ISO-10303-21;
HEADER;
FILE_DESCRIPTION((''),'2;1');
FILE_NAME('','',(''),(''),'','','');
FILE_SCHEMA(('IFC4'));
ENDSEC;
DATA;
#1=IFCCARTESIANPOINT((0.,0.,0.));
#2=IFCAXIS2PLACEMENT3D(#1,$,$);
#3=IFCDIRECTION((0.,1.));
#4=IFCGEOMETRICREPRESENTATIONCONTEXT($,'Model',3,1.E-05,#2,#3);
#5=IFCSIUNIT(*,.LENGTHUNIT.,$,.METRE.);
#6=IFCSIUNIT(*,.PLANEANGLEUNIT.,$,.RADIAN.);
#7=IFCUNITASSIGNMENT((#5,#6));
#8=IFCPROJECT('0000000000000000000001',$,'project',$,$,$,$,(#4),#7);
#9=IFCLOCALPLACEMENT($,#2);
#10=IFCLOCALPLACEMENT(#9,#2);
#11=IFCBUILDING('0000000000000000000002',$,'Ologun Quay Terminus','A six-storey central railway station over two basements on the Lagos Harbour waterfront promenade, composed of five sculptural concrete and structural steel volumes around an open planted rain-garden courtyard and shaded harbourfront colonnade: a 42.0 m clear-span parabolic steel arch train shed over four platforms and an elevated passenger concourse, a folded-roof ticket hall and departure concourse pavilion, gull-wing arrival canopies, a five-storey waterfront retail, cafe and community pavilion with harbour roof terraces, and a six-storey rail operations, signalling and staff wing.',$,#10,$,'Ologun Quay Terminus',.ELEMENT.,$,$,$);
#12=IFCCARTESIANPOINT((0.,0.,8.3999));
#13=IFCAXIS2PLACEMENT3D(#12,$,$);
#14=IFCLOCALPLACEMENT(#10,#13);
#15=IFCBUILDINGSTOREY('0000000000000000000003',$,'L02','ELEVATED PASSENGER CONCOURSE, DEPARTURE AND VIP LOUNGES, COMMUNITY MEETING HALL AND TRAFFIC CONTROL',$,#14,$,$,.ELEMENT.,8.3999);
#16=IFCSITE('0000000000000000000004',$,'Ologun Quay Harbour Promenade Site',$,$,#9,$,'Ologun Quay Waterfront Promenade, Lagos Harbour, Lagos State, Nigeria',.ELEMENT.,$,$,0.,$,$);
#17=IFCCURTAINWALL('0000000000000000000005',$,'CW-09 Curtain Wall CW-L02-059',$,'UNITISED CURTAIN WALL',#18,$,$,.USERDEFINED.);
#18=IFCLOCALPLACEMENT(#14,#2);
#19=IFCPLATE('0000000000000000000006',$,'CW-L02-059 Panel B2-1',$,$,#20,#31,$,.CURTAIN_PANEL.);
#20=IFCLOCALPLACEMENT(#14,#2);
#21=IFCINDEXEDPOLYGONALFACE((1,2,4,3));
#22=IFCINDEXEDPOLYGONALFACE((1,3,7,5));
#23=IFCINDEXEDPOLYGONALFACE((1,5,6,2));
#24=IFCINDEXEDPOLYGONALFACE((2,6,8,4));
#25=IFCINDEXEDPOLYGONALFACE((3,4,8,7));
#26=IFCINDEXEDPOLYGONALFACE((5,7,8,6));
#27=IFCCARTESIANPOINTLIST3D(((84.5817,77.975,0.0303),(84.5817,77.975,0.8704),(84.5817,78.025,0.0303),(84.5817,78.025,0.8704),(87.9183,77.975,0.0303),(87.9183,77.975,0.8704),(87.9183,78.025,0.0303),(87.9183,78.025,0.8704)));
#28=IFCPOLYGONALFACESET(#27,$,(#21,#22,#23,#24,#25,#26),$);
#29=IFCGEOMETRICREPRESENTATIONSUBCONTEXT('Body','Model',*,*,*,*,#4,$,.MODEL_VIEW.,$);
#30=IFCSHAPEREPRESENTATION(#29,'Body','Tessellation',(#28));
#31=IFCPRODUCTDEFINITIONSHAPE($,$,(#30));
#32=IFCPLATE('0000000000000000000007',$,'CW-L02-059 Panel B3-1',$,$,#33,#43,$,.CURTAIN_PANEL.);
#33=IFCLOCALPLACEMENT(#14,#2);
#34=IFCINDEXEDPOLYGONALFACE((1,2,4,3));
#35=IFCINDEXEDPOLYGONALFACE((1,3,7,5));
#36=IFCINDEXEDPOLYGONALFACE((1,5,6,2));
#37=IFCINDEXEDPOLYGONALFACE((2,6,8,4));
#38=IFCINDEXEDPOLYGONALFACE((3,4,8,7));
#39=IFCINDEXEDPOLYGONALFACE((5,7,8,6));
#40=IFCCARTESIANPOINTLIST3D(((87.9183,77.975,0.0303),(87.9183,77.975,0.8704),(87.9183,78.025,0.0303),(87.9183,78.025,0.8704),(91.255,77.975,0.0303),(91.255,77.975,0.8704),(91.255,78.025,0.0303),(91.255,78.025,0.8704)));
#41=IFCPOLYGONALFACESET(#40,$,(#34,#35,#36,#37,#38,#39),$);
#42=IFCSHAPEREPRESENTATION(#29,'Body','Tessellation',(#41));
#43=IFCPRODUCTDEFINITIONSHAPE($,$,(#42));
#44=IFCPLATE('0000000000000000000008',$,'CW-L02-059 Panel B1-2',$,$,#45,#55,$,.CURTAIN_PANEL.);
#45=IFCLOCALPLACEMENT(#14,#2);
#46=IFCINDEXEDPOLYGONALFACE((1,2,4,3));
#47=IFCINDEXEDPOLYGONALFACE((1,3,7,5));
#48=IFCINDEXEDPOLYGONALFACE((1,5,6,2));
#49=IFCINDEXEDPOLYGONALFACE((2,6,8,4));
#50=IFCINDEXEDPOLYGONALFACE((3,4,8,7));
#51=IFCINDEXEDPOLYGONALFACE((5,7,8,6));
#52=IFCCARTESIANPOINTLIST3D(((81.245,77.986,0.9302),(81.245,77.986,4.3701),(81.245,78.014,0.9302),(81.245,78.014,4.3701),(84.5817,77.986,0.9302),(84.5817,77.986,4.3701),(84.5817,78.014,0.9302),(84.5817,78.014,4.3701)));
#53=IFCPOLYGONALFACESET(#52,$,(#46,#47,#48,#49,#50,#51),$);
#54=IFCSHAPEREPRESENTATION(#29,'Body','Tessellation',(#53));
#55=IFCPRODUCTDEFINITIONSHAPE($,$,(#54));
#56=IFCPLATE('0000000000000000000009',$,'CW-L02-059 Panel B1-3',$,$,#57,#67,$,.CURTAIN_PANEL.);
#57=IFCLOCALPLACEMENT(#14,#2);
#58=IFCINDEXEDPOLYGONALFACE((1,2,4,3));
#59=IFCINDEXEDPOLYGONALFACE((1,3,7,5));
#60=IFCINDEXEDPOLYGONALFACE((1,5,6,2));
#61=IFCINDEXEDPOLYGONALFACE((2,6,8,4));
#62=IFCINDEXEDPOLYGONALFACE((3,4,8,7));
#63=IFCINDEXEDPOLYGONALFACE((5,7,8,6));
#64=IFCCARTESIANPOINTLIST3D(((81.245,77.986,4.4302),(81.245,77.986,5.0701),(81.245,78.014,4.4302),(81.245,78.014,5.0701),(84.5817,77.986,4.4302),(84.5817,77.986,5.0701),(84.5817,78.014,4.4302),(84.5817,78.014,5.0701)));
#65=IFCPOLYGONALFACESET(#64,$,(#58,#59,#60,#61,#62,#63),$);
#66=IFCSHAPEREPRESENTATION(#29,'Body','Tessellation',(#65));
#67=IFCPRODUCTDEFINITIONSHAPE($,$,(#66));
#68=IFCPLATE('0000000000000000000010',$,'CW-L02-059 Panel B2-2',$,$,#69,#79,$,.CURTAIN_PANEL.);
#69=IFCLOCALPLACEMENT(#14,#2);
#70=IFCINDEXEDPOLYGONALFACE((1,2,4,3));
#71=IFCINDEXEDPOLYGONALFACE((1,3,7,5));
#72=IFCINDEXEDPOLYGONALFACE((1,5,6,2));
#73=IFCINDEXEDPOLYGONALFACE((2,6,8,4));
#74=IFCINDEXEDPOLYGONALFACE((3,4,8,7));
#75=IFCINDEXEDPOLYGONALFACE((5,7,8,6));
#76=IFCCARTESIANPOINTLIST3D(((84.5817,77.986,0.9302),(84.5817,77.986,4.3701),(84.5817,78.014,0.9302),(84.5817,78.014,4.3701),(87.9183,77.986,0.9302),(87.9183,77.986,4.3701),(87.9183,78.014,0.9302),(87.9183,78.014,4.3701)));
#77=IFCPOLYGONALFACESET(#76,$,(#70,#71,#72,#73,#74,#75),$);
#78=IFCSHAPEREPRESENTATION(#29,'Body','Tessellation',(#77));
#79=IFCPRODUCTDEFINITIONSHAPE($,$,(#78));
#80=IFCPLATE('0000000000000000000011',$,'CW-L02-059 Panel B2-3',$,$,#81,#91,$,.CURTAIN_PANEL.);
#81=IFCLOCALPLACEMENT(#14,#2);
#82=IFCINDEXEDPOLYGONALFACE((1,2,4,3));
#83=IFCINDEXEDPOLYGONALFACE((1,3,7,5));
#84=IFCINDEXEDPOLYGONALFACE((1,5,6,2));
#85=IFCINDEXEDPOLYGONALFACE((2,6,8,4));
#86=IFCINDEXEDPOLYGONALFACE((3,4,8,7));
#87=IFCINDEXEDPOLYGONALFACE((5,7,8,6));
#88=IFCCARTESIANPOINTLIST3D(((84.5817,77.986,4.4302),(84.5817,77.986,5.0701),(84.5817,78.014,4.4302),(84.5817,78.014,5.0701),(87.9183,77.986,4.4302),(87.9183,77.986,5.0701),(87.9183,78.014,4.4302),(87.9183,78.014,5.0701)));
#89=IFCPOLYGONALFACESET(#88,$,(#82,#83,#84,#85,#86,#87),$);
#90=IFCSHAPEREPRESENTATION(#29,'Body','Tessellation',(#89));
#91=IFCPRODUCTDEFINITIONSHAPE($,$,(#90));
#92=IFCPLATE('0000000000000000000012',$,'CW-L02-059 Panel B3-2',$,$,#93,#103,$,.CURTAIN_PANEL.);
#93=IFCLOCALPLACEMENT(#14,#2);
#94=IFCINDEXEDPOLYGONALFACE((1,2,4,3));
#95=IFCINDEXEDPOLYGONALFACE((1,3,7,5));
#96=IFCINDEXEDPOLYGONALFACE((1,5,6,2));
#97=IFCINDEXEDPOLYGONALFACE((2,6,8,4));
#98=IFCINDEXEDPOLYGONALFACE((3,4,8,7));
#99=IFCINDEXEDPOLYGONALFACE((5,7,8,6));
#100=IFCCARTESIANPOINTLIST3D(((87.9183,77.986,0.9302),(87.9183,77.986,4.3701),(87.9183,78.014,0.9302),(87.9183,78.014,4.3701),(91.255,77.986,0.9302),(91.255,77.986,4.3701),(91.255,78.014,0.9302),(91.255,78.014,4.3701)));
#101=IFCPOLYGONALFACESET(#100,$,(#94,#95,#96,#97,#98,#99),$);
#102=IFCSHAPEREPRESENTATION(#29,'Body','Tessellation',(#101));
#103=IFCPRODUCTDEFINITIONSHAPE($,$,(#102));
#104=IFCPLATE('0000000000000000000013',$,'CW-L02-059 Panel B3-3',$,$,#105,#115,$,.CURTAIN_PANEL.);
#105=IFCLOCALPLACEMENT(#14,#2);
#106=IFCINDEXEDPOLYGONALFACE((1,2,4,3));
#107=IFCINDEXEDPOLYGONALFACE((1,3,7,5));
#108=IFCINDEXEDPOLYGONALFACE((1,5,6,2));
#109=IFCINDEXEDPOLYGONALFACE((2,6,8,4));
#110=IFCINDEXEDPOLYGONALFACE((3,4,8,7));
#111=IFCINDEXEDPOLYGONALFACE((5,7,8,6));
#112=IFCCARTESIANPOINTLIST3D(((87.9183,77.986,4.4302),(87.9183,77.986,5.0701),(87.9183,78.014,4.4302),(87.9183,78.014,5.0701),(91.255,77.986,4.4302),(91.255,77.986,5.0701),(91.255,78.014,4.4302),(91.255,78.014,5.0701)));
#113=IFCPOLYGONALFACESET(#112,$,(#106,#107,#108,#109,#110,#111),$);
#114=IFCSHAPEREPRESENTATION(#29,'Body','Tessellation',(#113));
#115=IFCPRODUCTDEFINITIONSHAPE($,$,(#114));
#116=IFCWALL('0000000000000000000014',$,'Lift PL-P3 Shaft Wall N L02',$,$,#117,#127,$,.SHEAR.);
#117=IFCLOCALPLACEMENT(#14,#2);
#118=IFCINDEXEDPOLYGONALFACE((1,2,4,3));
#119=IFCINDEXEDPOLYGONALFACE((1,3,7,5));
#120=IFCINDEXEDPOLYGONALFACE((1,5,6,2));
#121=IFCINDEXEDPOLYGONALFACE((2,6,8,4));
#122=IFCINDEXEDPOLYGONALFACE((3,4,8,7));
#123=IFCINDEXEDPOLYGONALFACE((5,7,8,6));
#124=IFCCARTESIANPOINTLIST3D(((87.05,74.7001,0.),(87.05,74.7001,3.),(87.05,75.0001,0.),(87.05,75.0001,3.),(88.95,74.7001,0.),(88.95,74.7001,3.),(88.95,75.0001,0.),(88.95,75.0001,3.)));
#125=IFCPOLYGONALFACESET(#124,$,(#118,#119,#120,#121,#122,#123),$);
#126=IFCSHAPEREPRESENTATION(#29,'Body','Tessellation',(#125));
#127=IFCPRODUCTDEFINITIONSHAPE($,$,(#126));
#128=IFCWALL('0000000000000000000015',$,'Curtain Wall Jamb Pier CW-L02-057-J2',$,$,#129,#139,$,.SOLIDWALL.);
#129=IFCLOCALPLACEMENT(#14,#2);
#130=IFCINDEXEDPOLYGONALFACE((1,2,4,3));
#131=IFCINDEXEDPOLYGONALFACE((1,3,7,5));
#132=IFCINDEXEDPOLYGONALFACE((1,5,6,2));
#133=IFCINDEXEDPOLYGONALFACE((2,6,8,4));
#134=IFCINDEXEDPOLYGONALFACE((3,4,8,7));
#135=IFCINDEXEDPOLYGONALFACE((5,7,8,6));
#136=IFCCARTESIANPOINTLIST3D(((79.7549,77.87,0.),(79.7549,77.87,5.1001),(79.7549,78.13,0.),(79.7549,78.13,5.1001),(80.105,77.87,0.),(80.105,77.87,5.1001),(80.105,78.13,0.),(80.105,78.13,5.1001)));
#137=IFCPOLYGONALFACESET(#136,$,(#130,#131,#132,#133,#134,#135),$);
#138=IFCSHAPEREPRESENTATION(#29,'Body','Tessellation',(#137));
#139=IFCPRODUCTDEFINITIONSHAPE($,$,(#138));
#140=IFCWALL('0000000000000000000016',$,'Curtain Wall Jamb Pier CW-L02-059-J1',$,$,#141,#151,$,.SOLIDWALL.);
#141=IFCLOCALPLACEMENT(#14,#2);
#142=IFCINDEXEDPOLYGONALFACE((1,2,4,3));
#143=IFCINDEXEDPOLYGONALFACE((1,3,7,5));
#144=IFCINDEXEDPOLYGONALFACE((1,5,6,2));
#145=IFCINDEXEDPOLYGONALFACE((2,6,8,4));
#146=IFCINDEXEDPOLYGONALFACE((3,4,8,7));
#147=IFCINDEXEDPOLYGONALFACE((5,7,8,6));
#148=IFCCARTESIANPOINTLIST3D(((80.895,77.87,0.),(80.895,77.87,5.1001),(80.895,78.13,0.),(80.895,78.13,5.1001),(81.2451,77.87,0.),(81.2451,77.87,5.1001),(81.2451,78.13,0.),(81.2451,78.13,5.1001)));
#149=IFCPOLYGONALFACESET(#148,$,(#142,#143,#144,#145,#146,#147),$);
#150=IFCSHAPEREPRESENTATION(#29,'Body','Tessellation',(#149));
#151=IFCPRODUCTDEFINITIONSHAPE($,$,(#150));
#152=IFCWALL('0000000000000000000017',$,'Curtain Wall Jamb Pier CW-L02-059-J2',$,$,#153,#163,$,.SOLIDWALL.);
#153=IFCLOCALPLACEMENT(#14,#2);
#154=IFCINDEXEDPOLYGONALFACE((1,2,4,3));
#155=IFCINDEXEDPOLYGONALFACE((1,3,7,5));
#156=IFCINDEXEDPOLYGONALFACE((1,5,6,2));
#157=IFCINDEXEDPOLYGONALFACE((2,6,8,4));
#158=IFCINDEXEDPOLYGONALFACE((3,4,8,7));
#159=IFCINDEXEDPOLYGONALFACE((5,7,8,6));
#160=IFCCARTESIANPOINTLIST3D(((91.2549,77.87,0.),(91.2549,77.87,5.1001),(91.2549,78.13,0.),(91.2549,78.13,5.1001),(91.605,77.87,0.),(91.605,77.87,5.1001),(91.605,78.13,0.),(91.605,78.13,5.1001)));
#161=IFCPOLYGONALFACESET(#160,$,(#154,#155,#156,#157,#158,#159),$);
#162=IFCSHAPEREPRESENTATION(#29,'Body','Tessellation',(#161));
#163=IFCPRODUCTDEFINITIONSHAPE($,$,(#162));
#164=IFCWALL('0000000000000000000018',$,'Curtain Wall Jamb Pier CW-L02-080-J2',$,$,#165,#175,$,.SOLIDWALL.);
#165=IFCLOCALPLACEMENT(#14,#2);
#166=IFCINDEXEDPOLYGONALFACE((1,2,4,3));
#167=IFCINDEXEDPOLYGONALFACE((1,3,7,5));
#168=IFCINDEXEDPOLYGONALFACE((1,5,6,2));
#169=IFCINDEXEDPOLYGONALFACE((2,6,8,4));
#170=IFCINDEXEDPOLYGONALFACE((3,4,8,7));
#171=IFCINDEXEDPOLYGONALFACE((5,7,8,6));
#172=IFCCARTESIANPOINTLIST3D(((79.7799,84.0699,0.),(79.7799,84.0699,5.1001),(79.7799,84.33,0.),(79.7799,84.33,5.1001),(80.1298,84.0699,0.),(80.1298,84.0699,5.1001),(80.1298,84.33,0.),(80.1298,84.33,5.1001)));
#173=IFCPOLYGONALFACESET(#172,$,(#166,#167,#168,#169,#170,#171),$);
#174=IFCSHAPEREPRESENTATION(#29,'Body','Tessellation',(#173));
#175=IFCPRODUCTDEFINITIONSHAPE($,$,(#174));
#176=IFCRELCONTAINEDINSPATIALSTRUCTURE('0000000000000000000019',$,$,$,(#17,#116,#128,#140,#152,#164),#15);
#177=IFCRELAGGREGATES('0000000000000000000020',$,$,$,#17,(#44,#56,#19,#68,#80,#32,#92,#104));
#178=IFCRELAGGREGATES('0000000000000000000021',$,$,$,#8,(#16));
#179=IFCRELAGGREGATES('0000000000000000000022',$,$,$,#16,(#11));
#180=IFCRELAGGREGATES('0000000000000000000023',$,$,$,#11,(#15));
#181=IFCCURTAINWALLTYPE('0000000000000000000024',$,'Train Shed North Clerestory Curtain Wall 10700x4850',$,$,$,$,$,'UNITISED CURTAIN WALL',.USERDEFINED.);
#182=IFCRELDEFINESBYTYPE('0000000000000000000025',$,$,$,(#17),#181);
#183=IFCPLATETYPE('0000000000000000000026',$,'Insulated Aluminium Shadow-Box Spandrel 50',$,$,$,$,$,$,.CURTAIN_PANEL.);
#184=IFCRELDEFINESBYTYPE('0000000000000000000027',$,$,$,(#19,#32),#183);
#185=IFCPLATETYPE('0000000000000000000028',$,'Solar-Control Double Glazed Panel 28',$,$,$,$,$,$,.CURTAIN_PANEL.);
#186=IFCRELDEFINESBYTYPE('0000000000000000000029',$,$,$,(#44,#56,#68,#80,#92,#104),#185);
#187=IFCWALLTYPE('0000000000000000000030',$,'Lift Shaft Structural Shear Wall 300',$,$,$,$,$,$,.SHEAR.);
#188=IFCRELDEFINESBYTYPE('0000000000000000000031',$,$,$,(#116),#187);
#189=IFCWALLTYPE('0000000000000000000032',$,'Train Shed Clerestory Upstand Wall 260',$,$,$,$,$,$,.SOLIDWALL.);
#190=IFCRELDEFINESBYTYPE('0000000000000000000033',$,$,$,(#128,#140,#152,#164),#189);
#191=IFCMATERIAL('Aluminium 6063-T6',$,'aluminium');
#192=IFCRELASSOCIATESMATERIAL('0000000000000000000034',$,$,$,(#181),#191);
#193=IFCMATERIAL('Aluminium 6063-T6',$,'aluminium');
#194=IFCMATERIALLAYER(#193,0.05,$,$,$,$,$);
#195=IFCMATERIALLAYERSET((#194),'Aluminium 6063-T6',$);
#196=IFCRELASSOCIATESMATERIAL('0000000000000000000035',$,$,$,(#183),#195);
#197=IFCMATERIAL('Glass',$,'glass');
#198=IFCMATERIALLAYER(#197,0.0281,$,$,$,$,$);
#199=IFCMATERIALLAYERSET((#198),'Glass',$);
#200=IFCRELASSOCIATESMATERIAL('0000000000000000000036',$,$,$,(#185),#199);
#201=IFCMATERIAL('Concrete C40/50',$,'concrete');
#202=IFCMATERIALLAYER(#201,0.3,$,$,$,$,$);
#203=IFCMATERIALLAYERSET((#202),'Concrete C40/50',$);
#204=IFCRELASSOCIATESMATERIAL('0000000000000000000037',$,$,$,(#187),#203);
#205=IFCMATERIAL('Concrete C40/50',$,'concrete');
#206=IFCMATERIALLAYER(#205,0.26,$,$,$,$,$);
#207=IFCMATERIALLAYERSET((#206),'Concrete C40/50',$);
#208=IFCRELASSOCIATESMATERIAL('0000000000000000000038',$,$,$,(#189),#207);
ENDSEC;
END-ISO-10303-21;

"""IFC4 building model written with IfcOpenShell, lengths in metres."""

from ifc_helpers import new_model, si_unit, direction, frame, frame_2d, origin, origin_2d, place, context, subcontext, project, spatial, rectangle, extrude, material, layer, layer_set, type_object, element, aggregate, save


model = new_model("IFC4")

# Units and contexts
model_context = context("Model", 3, precision=1e-05, world=origin(), true_north=direction((0.0, 1.0)))
body_context = subcontext(model_context, "Body", "Model", "MODEL_VIEW")
ifc_project = project(units=[si_unit("LENGTHUNIT", "METRE"), si_unit("PLANEANGLEUNIT", "RADIAN")], contexts=[model_context])

# Site, building, storey
site_placement = place(None, origin())
site = spatial("IfcSite", under=ifc_project, at=site_placement, Name="Ologun Quay Harbour Promenade Site", LongName="Ologun Quay Waterfront Promenade, Lagos Harbour, Lagos State, Nigeria", CompositionType="ELEMENT", RefElevation=0.0)
building_placement = place(site_placement, origin())
building = spatial("IfcBuilding", under=site, at=building_placement, Name="Ologun Quay Terminus", Description="A six-storey central railway station over two basements on the Lagos Harbour waterfront promenade, composed of five sculptural concrete and structural steel volumes around an open planted rain-garden courtyard and shaded harbourfront colonnade: a 42.0 m clear-span parabolic steel arch train shed over four platforms and an elevated passenger concourse, a folded-roof ticket hall and departure concourse pavilion, gull-wing arrival canopies, a five-storey waterfront retail, cafe and community pavilion with harbour roof terraces, and a six-storey rail operations, signalling and staff wing.", LongName="Ologun Quay Terminus", CompositionType="ELEMENT")
storey_placement = place(building_placement, frame((0.0, 0.0, 8.3999)))
storey = spatial("IfcBuildingStorey", under=building, at=storey_placement, Name="L02", Description="ELEVATED PASSENGER CONCOURSE, DEPARTURE AND VIP LOUNGES, COMMUNITY MEETING HALL AND TRAFFIC CONTROL", CompositionType="ELEMENT", Elevation=8.3999)

# Shared definitions
ifc_material_1 = material(Name="Aluminium 6063-T6", Category="aluminium")
curtain_wall_type_1 = type_object("IfcCurtainWallType", Name="Train Shed North Clerestory Curtain Wall 10700x4850", ElementType="UNITISED CURTAIN WALL", PredefinedType="USERDEFINED", material=ifc_material_1)

# Curtain wall
curtain_wall_1_placement = place(storey_placement, origin())
curtain_wall_1 = element("IfcCurtainWall", 1, at=curtain_wall_1_placement, inside=storey, type_object=curtain_wall_type_1, Name="CW-09 Curtain Wall CW-L02-059", ObjectType="UNITISED CURTAIN WALL", PredefinedType="USERDEFINED")

# Plates
ifc_material_2 = material(Name="Aluminium 6063-T6", Category="aluminium")
ifc_layer_1 = layer(ifc_material_2, 0.05)
ifc_layer_set_1 = layer_set([ifc_layer_1], Name="Aluminium 6063-T6")
plate_type_1 = type_object("IfcPlateType", Name="Insulated Aluminium Shadow-Box Spandrel 50", PredefinedType="CURTAIN_PANEL", material=ifc_layer_set_1)
plate_1_placement = place(storey_placement, frame((86.25, 78.0, 0.0303), z_axis=(0.0, 0.0, 1.0), x_axis=(1.0, 0.0, 0.0)))
plate_1 = element("IfcPlate", 2, at=plate_1_placement, type_object=plate_type_1, Name="CW-L02-059 Panel B2-1", PredefinedType="CURTAIN_PANEL", context=body_context, shape_type="SweptSolid", body=[
    extrude(rectangle(XDim=3.3367, YDim=0.05, at=origin_2d()), origin(), (0.0, 0.0, 1.0), 0.8401),
])
plate_2_placement = place(storey_placement, frame((89.5867, 78.0, 0.0303), z_axis=(0.0, 0.0, 1.0), x_axis=(1.0, 0.0, 0.0)))
plate_2 = element("IfcPlate", 3, at=plate_2_placement, type_object=plate_type_1, Name="CW-L02-059 Panel B3-1", PredefinedType="CURTAIN_PANEL", context=body_context, shape_type="SweptSolid", body=[
    extrude(rectangle(XDim=3.3367, YDim=0.05, at=origin_2d()), origin(), (0.0, 0.0, 1.0), 0.8401),
])
ifc_material_3 = material(Name="Glass", Category="glass")
ifc_layer_2 = layer(ifc_material_3, 0.0281)
ifc_layer_set_2 = layer_set([ifc_layer_2], Name="Glass")
plate_type_2 = type_object("IfcPlateType", Name="Solar-Control Double Glazed Panel 28", PredefinedType="CURTAIN_PANEL", material=ifc_layer_set_2)
plate_3_placement = place(storey_placement, frame((82.9133, 78.0, 0.9302), z_axis=(0.0, 0.0, 1.0), x_axis=(1.0, 0.0, 0.0)))
plate_3 = element("IfcPlate", 4, at=plate_3_placement, type_object=plate_type_2, Name="CW-L02-059 Panel B1-2", PredefinedType="CURTAIN_PANEL", context=body_context, shape_type="SweptSolid", body=[
    extrude(rectangle(XDim=3.3367, YDim=0.0281, at=origin_2d()), origin(), (0.0, 0.0, 1.0), 3.4399),
])
plate_4_placement = place(storey_placement, frame((82.9133, 78.0, 4.4302), z_axis=(0.0, 0.0, 1.0), x_axis=(1.0, 0.0, 0.0)))
plate_4 = element("IfcPlate", 5, at=plate_4_placement, type_object=plate_type_2, Name="CW-L02-059 Panel B1-3", PredefinedType="CURTAIN_PANEL", context=body_context, shape_type="SweptSolid", body=[
    extrude(rectangle(XDim=3.3367, YDim=0.0281, at=origin_2d()), origin(), (0.0, 0.0, 1.0), 0.6399),
])
plate_5_placement = place(storey_placement, frame((86.25, 78.0, 0.9302), z_axis=(0.0, 0.0, 1.0), x_axis=(1.0, 0.0, 0.0)))
plate_5 = element("IfcPlate", 6, at=plate_5_placement, type_object=plate_type_2, Name="CW-L02-059 Panel B2-2", PredefinedType="CURTAIN_PANEL", context=body_context, shape_type="SweptSolid", body=[
    extrude(rectangle(XDim=3.3367, YDim=0.0281, at=origin_2d()), origin(), (0.0, 0.0, 1.0), 3.4399),
])
plate_6_placement = place(storey_placement, frame((86.25, 78.0, 4.4302), z_axis=(0.0, 0.0, 1.0), x_axis=(1.0, 0.0, 0.0)))
plate_6 = element("IfcPlate", 7, at=plate_6_placement, type_object=plate_type_2, Name="CW-L02-059 Panel B2-3", PredefinedType="CURTAIN_PANEL", context=body_context, shape_type="SweptSolid", body=[
    extrude(rectangle(XDim=3.3367, YDim=0.0281, at=origin_2d()), origin(), (0.0, 0.0, 1.0), 0.6399),
])
plate_7_placement = place(storey_placement, frame((89.5867, 78.0, 0.9302), z_axis=(0.0, 0.0, 1.0), x_axis=(1.0, 0.0, 0.0)))
plate_7 = element("IfcPlate", 8, at=plate_7_placement, type_object=plate_type_2, Name="CW-L02-059 Panel B3-2", PredefinedType="CURTAIN_PANEL", context=body_context, shape_type="SweptSolid", body=[
    extrude(rectangle(XDim=3.3367, YDim=0.0281, at=origin_2d()), origin(), (0.0, 0.0, 1.0), 3.4399),
])
plate_8_placement = place(storey_placement, frame((89.5867, 78.0, 4.4302), z_axis=(0.0, 0.0, 1.0), x_axis=(1.0, 0.0, 0.0)))
plate_8 = element("IfcPlate", 9, at=plate_8_placement, type_object=plate_type_2, Name="CW-L02-059 Panel B3-3", PredefinedType="CURTAIN_PANEL", context=body_context, shape_type="SweptSolid", body=[
    extrude(rectangle(XDim=3.3367, YDim=0.0281, at=origin_2d()), origin(), (0.0, 0.0, 1.0), 0.6399),
])
aggregate(curtain_wall_1, [plate_3, plate_4, plate_1, plate_5, plate_6, plate_2, plate_7, plate_8])

# Walls
ifc_material_4 = material(Name="Concrete C40/50", Category="concrete")
ifc_layer_3 = layer(ifc_material_4, 0.3)
ifc_layer_set_3 = layer_set([ifc_layer_3], Name="Concrete C40/50")
wall_type_1 = type_object("IfcWallType", Name="Lift Shaft Structural Shear Wall 300", PredefinedType="SHEAR", material=ifc_layer_set_3)
wall_1_placement = place(storey_placement, frame((87.05, 74.8501, 0.0), z_axis=(0.0, 0.0, 1.0), x_axis=(1.0, 0.0, 0.0)))
element("IfcWall", 10, at=wall_1_placement, inside=storey, type_object=wall_type_1, Name="Lift PL-P3 Shaft Wall N L02", PredefinedType="SHEAR", context=body_context, shape_type="SweptSolid", body=[
    extrude(rectangle(XDim=1.8999, YDim=0.3, at=frame_2d((0.95, 0.0))), origin(), (0.0, 0.0, 1.0), 3.0),
])
ifc_material_5 = material(Name="Concrete C40/50", Category="concrete")
ifc_layer_4 = layer(ifc_material_5, 0.26)
ifc_layer_set_4 = layer_set([ifc_layer_4], Name="Concrete C40/50")
wall_type_2 = type_object("IfcWallType", Name="Train Shed Clerestory Upstand Wall 260", PredefinedType="SOLIDWALL", material=ifc_layer_set_4)
for number, where, z_axis, x_axis, name in (
    (11, (79.7549, 78.0, 0.0), (0.0, 0.0, 1.0), (1.0, 0.0, 0.0), "Curtain Wall Jamb Pier CW-L02-057-J2"),
    (12, (80.895, 78.0, 0.0), (0.0, 0.0, 1.0), (1.0, 0.0, 0.0), "Curtain Wall Jamb Pier CW-L02-059-J1"),
    (13, (91.2549, 78.0, 0.0), (0.0, 0.0, 1.0), (1.0, 0.0, 0.0), "Curtain Wall Jamb Pier CW-L02-059-J2"),
):
    element("IfcWall", number, at=place(storey_placement, frame(where, z_axis=z_axis, x_axis=x_axis)), inside=storey, type_object=wall_type_2, Name=name, PredefinedType="SOLIDWALL", context=body_context, shape_type="SweptSolid", body=[
        extrude(rectangle(XDim=0.3501, YDim=0.26, at=frame_2d((0.175, 0.0))), origin(), (0.0, 0.0, 1.0), 5.1001),
    ])
wall_2_placement = place(storey_placement, frame((79.78, 84.2, 0.0), z_axis=(0.0, 0.0, 1.0), x_axis=(1.0, 0.0, 0.0)))
element("IfcWall", 14, at=wall_2_placement, inside=storey, type_object=wall_type_2, Name="Curtain Wall Jamb Pier CW-L02-080-J2", PredefinedType="SOLIDWALL", context=body_context, shape_type="SweptSolid", body=[
    extrude(rectangle(XDim=0.3499, YDim=0.26, at=frame_2d((0.1748, 0.0))), origin(), (0.0, 0.0, 1.0), 5.1001),
])

save(model, "model.ifc")
